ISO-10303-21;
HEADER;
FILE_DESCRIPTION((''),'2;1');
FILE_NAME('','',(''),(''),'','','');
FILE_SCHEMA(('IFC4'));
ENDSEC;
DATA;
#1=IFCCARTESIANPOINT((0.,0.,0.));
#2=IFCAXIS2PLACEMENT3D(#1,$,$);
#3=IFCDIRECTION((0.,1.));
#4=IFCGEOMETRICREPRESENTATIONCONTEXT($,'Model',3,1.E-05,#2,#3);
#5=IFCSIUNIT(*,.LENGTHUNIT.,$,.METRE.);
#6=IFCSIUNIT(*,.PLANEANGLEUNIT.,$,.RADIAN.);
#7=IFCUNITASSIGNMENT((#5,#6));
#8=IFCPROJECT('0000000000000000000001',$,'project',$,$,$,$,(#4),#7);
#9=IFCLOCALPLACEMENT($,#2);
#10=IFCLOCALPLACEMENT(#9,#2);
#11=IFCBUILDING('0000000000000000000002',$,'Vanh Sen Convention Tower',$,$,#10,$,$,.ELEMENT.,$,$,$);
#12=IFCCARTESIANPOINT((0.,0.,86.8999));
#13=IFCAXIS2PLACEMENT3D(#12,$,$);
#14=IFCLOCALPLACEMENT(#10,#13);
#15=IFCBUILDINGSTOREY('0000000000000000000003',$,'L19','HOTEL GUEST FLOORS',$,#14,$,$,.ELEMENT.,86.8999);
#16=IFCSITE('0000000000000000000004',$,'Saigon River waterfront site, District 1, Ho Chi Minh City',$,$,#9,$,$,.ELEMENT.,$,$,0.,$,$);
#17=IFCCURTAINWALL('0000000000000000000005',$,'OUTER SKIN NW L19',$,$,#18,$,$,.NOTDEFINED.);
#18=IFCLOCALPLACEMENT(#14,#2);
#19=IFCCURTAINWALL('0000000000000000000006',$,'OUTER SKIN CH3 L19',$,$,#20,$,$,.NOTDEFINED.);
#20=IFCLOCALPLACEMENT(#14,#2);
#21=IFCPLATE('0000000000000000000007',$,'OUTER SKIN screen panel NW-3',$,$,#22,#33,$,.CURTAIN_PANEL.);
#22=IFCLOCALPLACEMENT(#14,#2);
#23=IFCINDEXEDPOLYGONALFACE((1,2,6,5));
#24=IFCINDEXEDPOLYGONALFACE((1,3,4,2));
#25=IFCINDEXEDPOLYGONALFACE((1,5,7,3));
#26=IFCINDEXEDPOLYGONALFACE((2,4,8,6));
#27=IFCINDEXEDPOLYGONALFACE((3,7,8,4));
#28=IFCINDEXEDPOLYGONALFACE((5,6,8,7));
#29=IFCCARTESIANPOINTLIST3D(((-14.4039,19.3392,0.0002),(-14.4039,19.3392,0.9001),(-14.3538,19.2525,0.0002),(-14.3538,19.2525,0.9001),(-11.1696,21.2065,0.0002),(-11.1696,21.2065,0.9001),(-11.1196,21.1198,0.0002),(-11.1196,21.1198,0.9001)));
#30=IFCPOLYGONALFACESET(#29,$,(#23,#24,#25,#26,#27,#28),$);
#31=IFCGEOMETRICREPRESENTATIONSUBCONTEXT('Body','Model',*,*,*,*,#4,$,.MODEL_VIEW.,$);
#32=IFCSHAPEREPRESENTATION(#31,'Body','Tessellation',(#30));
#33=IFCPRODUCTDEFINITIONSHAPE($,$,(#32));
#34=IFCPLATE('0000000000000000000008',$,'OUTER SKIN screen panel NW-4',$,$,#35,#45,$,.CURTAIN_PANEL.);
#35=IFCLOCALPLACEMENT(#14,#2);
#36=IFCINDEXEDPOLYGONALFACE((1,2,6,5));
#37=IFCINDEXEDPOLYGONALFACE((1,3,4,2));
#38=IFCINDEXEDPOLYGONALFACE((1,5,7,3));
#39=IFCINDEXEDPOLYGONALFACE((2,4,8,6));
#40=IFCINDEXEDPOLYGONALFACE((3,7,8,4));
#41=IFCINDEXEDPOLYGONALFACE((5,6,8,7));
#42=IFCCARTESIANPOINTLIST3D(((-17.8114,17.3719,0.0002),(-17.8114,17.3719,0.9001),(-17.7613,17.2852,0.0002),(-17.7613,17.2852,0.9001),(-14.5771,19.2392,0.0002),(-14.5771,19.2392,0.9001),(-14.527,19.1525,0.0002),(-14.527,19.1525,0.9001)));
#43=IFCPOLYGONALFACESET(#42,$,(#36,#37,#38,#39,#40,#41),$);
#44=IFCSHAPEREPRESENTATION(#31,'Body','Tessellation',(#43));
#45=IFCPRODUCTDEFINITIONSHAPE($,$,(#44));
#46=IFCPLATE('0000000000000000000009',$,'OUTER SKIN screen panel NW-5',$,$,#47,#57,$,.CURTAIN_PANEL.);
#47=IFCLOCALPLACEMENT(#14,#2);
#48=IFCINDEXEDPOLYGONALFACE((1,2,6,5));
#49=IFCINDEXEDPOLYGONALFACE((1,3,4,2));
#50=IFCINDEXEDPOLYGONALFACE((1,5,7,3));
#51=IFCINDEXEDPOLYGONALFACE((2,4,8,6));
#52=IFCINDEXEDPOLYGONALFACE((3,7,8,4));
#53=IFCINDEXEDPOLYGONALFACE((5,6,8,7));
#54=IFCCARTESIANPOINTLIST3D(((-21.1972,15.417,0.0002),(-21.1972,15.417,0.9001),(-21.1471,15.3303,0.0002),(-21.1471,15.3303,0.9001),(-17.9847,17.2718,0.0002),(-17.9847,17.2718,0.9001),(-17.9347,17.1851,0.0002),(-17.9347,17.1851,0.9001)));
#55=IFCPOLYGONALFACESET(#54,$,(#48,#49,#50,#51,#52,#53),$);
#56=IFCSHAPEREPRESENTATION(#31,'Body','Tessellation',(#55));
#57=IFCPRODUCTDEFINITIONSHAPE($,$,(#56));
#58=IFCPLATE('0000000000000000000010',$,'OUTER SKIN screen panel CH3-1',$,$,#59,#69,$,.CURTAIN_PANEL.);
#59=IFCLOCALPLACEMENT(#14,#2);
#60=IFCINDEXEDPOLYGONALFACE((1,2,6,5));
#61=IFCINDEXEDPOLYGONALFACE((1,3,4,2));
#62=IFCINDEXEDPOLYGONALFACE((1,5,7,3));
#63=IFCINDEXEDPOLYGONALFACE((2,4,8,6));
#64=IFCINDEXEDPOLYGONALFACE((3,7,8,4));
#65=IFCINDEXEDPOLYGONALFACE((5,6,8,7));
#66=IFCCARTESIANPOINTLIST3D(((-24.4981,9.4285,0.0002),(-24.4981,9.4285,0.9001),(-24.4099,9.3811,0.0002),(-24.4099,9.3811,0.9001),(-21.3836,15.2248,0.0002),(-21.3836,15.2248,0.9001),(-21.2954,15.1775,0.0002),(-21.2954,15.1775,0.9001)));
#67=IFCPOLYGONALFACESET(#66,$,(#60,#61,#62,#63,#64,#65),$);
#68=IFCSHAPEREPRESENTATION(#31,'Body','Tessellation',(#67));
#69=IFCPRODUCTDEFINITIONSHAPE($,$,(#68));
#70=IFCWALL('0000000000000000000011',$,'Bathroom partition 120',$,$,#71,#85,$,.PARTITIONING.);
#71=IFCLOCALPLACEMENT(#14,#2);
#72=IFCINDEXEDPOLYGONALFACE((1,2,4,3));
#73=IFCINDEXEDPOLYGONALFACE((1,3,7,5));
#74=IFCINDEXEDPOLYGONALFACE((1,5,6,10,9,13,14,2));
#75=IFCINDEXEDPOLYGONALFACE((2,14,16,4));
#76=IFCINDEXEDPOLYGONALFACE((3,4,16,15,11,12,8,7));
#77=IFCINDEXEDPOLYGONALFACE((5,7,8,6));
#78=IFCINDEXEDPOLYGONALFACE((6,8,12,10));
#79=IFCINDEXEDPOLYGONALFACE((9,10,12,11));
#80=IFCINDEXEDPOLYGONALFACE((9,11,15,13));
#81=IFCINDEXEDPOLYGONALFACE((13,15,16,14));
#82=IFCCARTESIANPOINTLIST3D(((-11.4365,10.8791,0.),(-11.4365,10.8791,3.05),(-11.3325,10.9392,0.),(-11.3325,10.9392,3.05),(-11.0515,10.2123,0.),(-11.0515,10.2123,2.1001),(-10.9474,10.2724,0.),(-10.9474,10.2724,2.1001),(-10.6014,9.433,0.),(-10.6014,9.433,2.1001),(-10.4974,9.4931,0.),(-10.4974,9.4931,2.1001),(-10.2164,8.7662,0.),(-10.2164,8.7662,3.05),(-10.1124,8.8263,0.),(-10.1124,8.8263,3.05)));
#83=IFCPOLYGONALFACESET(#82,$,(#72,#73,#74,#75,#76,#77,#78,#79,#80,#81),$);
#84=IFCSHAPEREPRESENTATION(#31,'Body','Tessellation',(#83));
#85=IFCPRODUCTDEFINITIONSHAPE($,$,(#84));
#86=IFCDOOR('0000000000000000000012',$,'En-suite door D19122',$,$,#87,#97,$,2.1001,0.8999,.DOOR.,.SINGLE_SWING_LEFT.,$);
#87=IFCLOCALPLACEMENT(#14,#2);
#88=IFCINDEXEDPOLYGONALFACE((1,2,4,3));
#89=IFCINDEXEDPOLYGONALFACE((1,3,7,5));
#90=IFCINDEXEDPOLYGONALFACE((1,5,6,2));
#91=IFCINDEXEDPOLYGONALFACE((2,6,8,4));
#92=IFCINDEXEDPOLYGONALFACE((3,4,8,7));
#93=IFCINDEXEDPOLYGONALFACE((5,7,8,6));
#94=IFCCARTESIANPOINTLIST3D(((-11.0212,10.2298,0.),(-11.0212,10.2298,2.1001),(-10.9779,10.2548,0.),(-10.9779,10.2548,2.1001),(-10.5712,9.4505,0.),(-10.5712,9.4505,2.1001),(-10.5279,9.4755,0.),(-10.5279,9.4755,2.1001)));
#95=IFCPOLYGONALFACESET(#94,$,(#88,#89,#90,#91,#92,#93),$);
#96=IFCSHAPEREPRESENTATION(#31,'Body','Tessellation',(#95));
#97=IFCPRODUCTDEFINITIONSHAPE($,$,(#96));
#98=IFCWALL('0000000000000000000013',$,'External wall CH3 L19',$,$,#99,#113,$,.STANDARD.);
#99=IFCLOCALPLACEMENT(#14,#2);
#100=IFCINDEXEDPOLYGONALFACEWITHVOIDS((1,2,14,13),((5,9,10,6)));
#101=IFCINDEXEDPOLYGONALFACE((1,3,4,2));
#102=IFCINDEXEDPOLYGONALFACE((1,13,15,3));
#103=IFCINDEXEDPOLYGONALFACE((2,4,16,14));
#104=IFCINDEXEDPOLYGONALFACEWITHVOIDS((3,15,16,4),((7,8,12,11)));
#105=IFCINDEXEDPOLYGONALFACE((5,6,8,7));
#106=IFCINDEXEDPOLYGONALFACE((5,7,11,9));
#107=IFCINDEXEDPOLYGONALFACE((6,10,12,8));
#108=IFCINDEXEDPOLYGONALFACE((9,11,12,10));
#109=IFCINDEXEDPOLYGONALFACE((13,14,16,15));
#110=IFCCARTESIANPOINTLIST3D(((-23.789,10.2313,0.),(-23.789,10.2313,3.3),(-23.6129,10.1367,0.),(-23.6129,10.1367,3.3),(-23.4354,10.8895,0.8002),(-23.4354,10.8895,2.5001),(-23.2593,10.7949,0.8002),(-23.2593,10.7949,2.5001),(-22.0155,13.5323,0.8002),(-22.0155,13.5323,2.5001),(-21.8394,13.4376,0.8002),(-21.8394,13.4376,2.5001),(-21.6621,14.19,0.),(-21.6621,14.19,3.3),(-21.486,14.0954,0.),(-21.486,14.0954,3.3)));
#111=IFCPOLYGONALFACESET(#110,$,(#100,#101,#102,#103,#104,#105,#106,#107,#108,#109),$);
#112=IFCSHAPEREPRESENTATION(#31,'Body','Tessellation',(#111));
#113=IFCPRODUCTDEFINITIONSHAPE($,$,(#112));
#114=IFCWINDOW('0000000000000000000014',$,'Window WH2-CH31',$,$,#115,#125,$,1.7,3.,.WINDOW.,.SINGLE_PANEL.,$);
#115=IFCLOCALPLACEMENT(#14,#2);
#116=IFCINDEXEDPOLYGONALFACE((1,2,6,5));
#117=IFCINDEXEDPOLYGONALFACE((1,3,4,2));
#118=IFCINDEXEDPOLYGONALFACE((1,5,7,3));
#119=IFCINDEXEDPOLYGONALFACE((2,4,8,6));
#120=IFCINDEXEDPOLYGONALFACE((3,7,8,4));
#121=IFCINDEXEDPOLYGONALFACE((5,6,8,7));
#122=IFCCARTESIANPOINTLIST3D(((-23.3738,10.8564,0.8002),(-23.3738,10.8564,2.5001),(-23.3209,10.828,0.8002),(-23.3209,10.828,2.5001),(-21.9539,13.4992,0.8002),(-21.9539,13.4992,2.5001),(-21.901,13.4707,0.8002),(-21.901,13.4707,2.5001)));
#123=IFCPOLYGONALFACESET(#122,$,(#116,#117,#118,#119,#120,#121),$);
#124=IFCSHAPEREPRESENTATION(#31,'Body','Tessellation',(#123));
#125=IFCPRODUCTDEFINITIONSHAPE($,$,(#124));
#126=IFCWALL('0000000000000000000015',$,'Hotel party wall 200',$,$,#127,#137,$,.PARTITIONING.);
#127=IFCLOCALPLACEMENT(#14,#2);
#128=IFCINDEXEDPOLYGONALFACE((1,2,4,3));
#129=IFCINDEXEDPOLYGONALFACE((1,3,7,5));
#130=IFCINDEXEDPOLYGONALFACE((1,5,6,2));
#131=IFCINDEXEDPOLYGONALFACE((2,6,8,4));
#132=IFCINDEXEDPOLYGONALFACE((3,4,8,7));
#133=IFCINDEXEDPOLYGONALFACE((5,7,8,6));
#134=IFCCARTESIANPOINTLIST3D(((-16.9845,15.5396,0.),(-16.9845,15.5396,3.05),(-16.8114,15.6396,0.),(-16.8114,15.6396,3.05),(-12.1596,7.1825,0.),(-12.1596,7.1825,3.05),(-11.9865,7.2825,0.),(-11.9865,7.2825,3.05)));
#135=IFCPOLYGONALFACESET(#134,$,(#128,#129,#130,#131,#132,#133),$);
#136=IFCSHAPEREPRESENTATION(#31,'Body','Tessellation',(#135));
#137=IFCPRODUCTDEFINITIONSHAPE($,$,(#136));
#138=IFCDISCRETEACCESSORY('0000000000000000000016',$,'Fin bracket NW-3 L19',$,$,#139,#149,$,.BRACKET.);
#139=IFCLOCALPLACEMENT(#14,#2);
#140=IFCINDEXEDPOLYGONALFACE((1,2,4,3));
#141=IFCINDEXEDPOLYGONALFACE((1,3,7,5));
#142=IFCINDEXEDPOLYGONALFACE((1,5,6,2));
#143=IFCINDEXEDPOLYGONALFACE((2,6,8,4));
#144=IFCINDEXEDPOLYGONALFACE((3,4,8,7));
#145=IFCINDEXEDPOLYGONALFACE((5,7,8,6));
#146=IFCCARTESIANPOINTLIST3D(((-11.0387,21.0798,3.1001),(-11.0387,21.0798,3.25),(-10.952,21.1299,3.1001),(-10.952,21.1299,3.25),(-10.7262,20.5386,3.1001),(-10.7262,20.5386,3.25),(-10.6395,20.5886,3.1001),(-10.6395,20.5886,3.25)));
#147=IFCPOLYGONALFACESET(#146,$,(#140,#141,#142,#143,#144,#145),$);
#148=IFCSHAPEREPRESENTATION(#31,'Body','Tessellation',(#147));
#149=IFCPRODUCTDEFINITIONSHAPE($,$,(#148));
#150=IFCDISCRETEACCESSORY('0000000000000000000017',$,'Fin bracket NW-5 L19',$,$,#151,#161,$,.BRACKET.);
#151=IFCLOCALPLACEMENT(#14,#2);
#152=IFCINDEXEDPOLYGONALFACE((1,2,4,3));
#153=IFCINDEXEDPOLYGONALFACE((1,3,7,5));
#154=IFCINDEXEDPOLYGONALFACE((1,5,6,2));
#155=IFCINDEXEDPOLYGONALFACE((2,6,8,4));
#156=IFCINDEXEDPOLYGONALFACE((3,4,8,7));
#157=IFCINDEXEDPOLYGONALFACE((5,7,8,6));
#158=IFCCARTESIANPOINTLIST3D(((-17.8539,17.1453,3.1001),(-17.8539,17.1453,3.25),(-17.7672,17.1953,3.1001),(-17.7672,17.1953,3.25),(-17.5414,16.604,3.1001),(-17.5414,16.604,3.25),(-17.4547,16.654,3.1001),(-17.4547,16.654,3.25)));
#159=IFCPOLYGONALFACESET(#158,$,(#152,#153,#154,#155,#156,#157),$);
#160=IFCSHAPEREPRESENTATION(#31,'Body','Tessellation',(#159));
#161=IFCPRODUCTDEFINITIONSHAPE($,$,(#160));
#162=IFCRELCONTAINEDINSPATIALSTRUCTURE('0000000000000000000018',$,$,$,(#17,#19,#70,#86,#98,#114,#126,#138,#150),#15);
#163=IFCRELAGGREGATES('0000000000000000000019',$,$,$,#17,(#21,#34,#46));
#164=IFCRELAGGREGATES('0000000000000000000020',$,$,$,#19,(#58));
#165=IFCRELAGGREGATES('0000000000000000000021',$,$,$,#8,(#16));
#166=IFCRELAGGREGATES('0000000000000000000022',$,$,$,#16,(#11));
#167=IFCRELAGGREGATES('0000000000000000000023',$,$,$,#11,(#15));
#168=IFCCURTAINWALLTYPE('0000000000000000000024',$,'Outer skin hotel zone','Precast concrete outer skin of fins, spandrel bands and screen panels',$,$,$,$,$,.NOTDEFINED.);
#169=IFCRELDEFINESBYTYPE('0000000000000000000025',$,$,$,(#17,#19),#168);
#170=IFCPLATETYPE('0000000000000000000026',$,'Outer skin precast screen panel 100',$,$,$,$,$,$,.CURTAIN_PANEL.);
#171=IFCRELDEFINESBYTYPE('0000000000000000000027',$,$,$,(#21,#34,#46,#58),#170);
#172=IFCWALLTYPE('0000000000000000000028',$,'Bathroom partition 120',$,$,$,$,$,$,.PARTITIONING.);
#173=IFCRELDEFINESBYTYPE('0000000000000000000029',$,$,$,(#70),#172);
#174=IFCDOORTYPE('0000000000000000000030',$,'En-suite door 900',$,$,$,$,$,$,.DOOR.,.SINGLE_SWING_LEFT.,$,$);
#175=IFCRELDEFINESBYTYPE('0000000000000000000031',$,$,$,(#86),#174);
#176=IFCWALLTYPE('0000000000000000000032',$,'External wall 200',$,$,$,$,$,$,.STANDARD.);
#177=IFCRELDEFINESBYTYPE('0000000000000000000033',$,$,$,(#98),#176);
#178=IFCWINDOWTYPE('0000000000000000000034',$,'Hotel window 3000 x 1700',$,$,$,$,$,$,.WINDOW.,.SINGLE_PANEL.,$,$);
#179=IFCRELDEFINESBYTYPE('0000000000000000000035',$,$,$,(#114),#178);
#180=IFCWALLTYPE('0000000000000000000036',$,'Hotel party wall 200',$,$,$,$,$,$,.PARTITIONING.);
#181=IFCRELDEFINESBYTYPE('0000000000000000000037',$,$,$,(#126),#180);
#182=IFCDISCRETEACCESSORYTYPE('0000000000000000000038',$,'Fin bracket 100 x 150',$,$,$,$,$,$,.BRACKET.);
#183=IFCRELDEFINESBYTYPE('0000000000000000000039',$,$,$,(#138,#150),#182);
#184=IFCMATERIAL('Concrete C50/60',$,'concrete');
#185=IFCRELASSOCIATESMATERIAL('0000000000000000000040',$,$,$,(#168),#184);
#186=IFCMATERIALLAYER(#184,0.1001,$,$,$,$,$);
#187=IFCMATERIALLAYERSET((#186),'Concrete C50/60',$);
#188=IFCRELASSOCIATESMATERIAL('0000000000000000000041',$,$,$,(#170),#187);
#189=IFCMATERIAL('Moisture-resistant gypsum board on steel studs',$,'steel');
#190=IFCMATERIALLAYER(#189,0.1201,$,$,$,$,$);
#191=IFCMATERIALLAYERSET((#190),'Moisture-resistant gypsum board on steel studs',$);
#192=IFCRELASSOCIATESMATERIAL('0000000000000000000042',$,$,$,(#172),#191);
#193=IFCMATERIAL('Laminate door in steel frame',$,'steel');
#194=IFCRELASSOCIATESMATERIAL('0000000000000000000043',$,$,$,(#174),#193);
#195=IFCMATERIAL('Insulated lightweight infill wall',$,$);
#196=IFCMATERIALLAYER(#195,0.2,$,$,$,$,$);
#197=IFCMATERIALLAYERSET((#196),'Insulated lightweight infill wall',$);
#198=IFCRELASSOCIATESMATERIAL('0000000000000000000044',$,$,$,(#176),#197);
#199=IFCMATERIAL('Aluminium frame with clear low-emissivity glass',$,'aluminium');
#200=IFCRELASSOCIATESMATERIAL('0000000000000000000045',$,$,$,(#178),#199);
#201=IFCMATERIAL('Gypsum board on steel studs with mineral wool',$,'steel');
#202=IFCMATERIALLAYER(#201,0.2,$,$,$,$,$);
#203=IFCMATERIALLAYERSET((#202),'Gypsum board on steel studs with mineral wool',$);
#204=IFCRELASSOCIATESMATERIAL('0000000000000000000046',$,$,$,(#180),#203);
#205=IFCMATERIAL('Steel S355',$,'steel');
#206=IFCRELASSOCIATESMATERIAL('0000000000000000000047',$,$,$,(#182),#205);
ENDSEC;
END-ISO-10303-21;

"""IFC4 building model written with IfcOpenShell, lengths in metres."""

from ifc_helpers import new_model, si_unit, direction, frame, frame_2d, origin, origin_2d, place, context, subcontext, project, spatial, rectangle, extrude, material, layer, layer_set, type_object, element, fill, aggregate, save


model = new_model("IFC4")

# Units and contexts
model_context = context("Model", 3, precision=1e-05, world=origin(), true_north=direction((0.0, 1.0)))
body_context = subcontext(model_context, "Body", "Model", "MODEL_VIEW")
ifc_project = project(units=[si_unit("LENGTHUNIT", "METRE"), si_unit("PLANEANGLEUNIT", "RADIAN")], contexts=[model_context])

# Site, building, storey
site_placement = place(None, origin())
site = spatial("IfcSite", under=ifc_project, at=site_placement, Name="Saigon River waterfront site, District 1, Ho Chi Minh City", CompositionType="ELEMENT", RefElevation=0.0)
building_placement = place(site_placement, origin())
building = spatial("IfcBuilding", under=site, at=building_placement, Name="Vanh Sen Convention Tower", CompositionType="ELEMENT")
storey_placement = place(building_placement, frame((0.0, 0.0, 86.8999)))
storey = spatial("IfcBuildingStorey", under=building, at=storey_placement, Name="L19", Description="HOTEL GUEST FLOORS", CompositionType="ELEMENT", Elevation=86.8999)

# Curtain wall
ifc_material_1 = material(Name="Concrete C50/60", Category="concrete")
curtain_wall_type = type_object("IfcCurtainWallType", Name="Outer skin hotel zone", Description="Precast concrete outer skin of fins, spandrel bands and screen panels", PredefinedType="NOTDEFINED", material=ifc_material_1)
curtain_wall_1_placement = place(storey_placement, origin())
curtain_wall_1 = element("IfcCurtainWall", 1, at=curtain_wall_1_placement, inside=storey, type_object=curtain_wall_type, Name="OUTER SKIN NW L19", PredefinedType="NOTDEFINED")

# Curtain wall
curtain_wall_2_placement = place(storey_placement, origin())
curtain_wall_2 = element("IfcCurtainWall", 2, at=curtain_wall_2_placement, inside=storey, type_object=curtain_wall_type, Name="OUTER SKIN CH3 L19", PredefinedType="NOTDEFINED")

# Plates
ifc_layer_1 = layer(ifc_material_1, 0.1001)
ifc_layer_set_1 = layer_set([ifc_layer_1], Name="Concrete C50/60")
plate_type = type_object("IfcPlateType", Name="Outer skin precast screen panel 100", PredefinedType="CURTAIN_PANEL", material=ifc_layer_set_1)
plate_1_placement = place(storey_placement, frame((-12.7617, 20.2295, 0.0002), z_axis=(0.0, 0.0, 1.0), x_axis=(-0.866028, -0.499995, 0.0)))
plate_1 = element("IfcPlate", 3, at=plate_1_placement, type_object=plate_type, Name="OUTER SKIN screen panel NW-3", PredefinedType="CURTAIN_PANEL", context=body_context, shape_type="SweptSolid", body=[
    extrude(rectangle(XDim=3.7346, YDim=0.1001, at=origin_2d()), origin(), (0.0, 0.0, 1.0), 0.8999),
])
plate_2_placement = place(storey_placement, frame((-16.1692, 18.2622, 0.0002), z_axis=(0.0, 0.0, 1.0), x_axis=(-0.866028, -0.499995, 0.0)))
plate_2 = element("IfcPlate", 4, at=plate_2_placement, type_object=plate_type, Name="OUTER SKIN screen panel NW-4", PredefinedType="CURTAIN_PANEL", context=body_context, shape_type="SweptSolid", body=[
    extrude(rectangle(XDim=3.7346, YDim=0.1001, at=origin_2d()), origin(), (0.0, 0.0, 1.0), 0.8999),
])
plate_3_placement = place(storey_placement, frame((-19.5659, 16.301, 0.0002), z_axis=(0.0, 0.0, 1.0), x_axis=(-0.866021, -0.500008, 0.0)))
plate_3 = element("IfcPlate", 5, at=plate_3_placement, type_object=plate_type, Name="OUTER SKIN screen panel NW-5", PredefinedType="CURTAIN_PANEL", context=body_context, shape_type="SweptSolid", body=[
    extrude(rectangle(XDim=3.7095, YDim=0.1001, at=origin_2d()), origin(), (0.0, 0.0, 1.0), 0.8999),
])
aggregate(curtain_wall_1, [plate_1, plate_2, plate_3])
plate_4_placement = place(storey_placement, frame((-22.8967, 12.303, 0.0002), z_axis=(0.0, 0.0, 1.0), x_axis=(-0.473318, -0.880892, 0.0)))
plate_4 = element("IfcPlate", 6, at=plate_4_placement, type_object=plate_type, Name="OUTER SKIN screen panel CH3-1", PredefinedType="CURTAIN_PANEL", context=body_context, shape_type="SweptSolid", body=[
    extrude(rectangle(XDim=6.5801, YDim=0.1001, at=origin_2d()), origin(), (0.0, 0.0, 1.0), 0.8999),
])
aggregate(curtain_wall_2, [plate_4])

# Wall, opening, door
ifc_material_2 = material(Name="Moisture-resistant gypsum board on steel studs", Category="steel")
ifc_layer_2 = layer(ifc_material_2, 0.1201)
ifc_layer_set_2 = layer_set([ifc_layer_2], Name="Moisture-resistant gypsum board on steel studs")
wall_type_1 = type_object("IfcWallType", Name="Bathroom partition 120", PredefinedType="PARTITIONING", material=ifc_layer_set_2)
wall_1_placement = place(storey_placement, frame((-11.3845, 10.9092, 0.0), z_axis=(0.0, 0.0, 1.0), x_axis=(0.500078, -0.865981, 0.0)))
wall_1 = element("IfcWall", 7, at=wall_1_placement, inside=storey, type_object=wall_type_1, Name="Bathroom partition 120", PredefinedType="PARTITIONING", context=body_context, shape_type="SweptSolid", body=[
    extrude(rectangle(XDim=2.4399, YDim=0.1201, at=frame_2d((1.22, 0.0))), origin(), (0.0, 0.0, 1.0), 3.05),
])
opening_1_placement = place(wall_1_placement, frame((0.77, 0.0, 0.0)))
opening_1 = element("IfcOpeningElement", 8, at=opening_1_placement, cuts=wall_1, PredefinedType="OPENING", context=body_context, shape_type="SweptSolid", body=[
    extrude(rectangle(XDim=0.8999, YDim=2.1001, at=frame_2d((0.45, 1.05))), frame((0.0, 0.0701, 0.0), z_axis=(0.0, -1.0, 0.0), x_axis=(1.0, 0.0, 0.0)), (0.0, 0.0, 1.0), 0.1401),
])
ifc_material_3 = material(Name="Laminate door in steel frame", Category="steel")
door_type = type_object("IfcDoorType", Name="En-suite door 900", OperationType="SINGLE_SWING_LEFT", PredefinedType="DOOR", material=ifc_material_3)
door_placement = place(opening_1_placement, origin())
door = element("IfcDoor", 9, at=door_placement, inside=storey, type_object=door_type, Name="En-suite door D19122", OperationType="SINGLE_SWING_LEFT", OverallHeight=2.1001, OverallWidth=0.8999, PredefinedType="DOOR", context=body_context, shape_type="SweptSolid", body=[
    extrude(rectangle(XDim=0.8999, YDim=2.1001, at=frame_2d((0.45, 1.05))), frame((0.0, 0.0249, 0.0), z_axis=(0.0, -1.0, 0.0), x_axis=(1.0, 0.0, 0.0)), (0.0, 0.0, 1.0), 0.05),
])
fill(opening_1, door)

# Wall, opening, window
ifc_material_4 = material(Name="Insulated lightweight infill wall")
ifc_layer_3 = layer(ifc_material_4, 0.2)
ifc_layer_set_3 = layer_set([ifc_layer_3], Name="Insulated lightweight infill wall")
wall_type_2 = type_object("IfcWallType", Name="External wall 200", PredefinedType="STANDARD", material=ifc_layer_set_3)
wall_2_placement = place(storey_placement, frame((-21.574, 14.1428, 0.0), z_axis=(0.0, 0.0, 1.0), x_axis=(-0.473293, -0.880905, 0.0)))
wall_2 = element("IfcWall", 10, at=wall_2_placement, inside=storey, type_object=wall_type_2, Name="External wall CH3 L19", PredefinedType="STANDARD", context=body_context, shape_type="SweptSolid", body=[
    extrude(rectangle(XDim=4.4939, YDim=0.2, at=frame_2d((2.2471, 0.0))), origin(), (0.0, 0.0, 1.0), 3.3),
])
opening_2_placement = place(wall_2_placement, frame((0.7468, 0.0, 0.8)))
opening_2 = element("IfcOpeningElement", 11, at=opening_2_placement, cuts=wall_2, PredefinedType="OPENING", context=body_context, shape_type="SweptSolid", body=[
    extrude(rectangle(XDim=3.0, YDim=1.7, at=frame_2d((1.5, 0.8501))), frame((0.0, 0.1099, 0.0), z_axis=(0.0, -1.0, 0.0), x_axis=(1.0, 0.0, 0.0)), (0.0, 0.0, 1.0), 0.22),
])
ifc_material_5 = material(Name="Aluminium frame with clear low-emissivity glass", Category="aluminium")
window_type = type_object("IfcWindowType", Name="Hotel window 3000 x 1700", PartitioningType="SINGLE_PANEL", PredefinedType="WINDOW", material=ifc_material_5)
window_placement = place(opening_2_placement, origin())
window = element("IfcWindow", 12, at=window_placement, inside=storey, type_object=window_type, Name="Window WH2-CH31", OverallHeight=1.7, OverallWidth=3.0, PartitioningType="SINGLE_PANEL", PredefinedType="WINDOW", context=body_context, shape_type="SweptSolid", body=[
    extrude(rectangle(XDim=3.0, YDim=1.7, at=frame_2d((1.5, 0.8501))), frame((0.0, 0.03, 0.0), z_axis=(0.0, -1.0, 0.0), x_axis=(1.0, 0.0, 0.0)), (0.0, 0.0, 1.0), 0.0601),
])
fill(opening_2, window)

# Wall
ifc_material_6 = material(Name="Gypsum board on steel studs with mineral wool", Category="steel")
ifc_layer_4 = layer(ifc_material_6, 0.2)
ifc_layer_set_4 = layer_set([ifc_layer_4], Name="Gypsum board on steel studs with mineral wool")
wall_type_3 = type_object("IfcWallType", Name="Hotel party wall 200", PredefinedType="PARTITIONING", material=ifc_layer_set_4)
wall_3_placement = place(storey_placement, frame((-16.8979, 15.5896, 0.0), z_axis=(0.0, 0.0, 1.0), x_axis=(0.499995, -0.866028, 0.0)))
element("IfcWall", 13, at=wall_3_placement, inside=storey, type_object=wall_type_3, Name="Hotel party wall 200", PredefinedType="PARTITIONING", context=body_context, shape_type="SweptSolid", body=[
    extrude(rectangle(XDim=9.6499, YDim=0.2, at=frame_2d((4.825, 0.0))), origin(), (0.0, 0.0, 1.0), 3.05),
])

# Discrete accessories
ifc_material_7 = material(Name="Steel S355", Category="steel")
discrete_accessory_type = type_object("IfcDiscreteAccessoryType", Name="Fin bracket 100 x 150", PredefinedType="BRACKET", material=ifc_material_7)
for number, where, z_axis, x_axis, name in (
    (14, (-10.8391, 20.8342, 3.1001), (0.0, 0.0, 1.0), (-0.5, 0.866025, 0.0), "Fin bracket NW-3 L19"),
    (15, (-17.6543, 16.8997, 3.1001), (0.0, 0.0, 1.0), (-0.5, 0.866025, 0.0), "Fin bracket NW-5 L19"),
):
    element("IfcDiscreteAccessory", number, at=place(storey_placement, frame(where, z_axis=z_axis, x_axis=x_axis)), inside=storey, type_object=discrete_accessory_type, Name=name, PredefinedType="BRACKET", context=body_context, shape_type="SweptSolid", body=[
        extrude(rectangle(XDim=0.625, YDim=0.1001, at=origin_2d()), origin(), (0.0, 0.0, 1.0), 0.1499),
    ])

save(model, "model.ifc")
